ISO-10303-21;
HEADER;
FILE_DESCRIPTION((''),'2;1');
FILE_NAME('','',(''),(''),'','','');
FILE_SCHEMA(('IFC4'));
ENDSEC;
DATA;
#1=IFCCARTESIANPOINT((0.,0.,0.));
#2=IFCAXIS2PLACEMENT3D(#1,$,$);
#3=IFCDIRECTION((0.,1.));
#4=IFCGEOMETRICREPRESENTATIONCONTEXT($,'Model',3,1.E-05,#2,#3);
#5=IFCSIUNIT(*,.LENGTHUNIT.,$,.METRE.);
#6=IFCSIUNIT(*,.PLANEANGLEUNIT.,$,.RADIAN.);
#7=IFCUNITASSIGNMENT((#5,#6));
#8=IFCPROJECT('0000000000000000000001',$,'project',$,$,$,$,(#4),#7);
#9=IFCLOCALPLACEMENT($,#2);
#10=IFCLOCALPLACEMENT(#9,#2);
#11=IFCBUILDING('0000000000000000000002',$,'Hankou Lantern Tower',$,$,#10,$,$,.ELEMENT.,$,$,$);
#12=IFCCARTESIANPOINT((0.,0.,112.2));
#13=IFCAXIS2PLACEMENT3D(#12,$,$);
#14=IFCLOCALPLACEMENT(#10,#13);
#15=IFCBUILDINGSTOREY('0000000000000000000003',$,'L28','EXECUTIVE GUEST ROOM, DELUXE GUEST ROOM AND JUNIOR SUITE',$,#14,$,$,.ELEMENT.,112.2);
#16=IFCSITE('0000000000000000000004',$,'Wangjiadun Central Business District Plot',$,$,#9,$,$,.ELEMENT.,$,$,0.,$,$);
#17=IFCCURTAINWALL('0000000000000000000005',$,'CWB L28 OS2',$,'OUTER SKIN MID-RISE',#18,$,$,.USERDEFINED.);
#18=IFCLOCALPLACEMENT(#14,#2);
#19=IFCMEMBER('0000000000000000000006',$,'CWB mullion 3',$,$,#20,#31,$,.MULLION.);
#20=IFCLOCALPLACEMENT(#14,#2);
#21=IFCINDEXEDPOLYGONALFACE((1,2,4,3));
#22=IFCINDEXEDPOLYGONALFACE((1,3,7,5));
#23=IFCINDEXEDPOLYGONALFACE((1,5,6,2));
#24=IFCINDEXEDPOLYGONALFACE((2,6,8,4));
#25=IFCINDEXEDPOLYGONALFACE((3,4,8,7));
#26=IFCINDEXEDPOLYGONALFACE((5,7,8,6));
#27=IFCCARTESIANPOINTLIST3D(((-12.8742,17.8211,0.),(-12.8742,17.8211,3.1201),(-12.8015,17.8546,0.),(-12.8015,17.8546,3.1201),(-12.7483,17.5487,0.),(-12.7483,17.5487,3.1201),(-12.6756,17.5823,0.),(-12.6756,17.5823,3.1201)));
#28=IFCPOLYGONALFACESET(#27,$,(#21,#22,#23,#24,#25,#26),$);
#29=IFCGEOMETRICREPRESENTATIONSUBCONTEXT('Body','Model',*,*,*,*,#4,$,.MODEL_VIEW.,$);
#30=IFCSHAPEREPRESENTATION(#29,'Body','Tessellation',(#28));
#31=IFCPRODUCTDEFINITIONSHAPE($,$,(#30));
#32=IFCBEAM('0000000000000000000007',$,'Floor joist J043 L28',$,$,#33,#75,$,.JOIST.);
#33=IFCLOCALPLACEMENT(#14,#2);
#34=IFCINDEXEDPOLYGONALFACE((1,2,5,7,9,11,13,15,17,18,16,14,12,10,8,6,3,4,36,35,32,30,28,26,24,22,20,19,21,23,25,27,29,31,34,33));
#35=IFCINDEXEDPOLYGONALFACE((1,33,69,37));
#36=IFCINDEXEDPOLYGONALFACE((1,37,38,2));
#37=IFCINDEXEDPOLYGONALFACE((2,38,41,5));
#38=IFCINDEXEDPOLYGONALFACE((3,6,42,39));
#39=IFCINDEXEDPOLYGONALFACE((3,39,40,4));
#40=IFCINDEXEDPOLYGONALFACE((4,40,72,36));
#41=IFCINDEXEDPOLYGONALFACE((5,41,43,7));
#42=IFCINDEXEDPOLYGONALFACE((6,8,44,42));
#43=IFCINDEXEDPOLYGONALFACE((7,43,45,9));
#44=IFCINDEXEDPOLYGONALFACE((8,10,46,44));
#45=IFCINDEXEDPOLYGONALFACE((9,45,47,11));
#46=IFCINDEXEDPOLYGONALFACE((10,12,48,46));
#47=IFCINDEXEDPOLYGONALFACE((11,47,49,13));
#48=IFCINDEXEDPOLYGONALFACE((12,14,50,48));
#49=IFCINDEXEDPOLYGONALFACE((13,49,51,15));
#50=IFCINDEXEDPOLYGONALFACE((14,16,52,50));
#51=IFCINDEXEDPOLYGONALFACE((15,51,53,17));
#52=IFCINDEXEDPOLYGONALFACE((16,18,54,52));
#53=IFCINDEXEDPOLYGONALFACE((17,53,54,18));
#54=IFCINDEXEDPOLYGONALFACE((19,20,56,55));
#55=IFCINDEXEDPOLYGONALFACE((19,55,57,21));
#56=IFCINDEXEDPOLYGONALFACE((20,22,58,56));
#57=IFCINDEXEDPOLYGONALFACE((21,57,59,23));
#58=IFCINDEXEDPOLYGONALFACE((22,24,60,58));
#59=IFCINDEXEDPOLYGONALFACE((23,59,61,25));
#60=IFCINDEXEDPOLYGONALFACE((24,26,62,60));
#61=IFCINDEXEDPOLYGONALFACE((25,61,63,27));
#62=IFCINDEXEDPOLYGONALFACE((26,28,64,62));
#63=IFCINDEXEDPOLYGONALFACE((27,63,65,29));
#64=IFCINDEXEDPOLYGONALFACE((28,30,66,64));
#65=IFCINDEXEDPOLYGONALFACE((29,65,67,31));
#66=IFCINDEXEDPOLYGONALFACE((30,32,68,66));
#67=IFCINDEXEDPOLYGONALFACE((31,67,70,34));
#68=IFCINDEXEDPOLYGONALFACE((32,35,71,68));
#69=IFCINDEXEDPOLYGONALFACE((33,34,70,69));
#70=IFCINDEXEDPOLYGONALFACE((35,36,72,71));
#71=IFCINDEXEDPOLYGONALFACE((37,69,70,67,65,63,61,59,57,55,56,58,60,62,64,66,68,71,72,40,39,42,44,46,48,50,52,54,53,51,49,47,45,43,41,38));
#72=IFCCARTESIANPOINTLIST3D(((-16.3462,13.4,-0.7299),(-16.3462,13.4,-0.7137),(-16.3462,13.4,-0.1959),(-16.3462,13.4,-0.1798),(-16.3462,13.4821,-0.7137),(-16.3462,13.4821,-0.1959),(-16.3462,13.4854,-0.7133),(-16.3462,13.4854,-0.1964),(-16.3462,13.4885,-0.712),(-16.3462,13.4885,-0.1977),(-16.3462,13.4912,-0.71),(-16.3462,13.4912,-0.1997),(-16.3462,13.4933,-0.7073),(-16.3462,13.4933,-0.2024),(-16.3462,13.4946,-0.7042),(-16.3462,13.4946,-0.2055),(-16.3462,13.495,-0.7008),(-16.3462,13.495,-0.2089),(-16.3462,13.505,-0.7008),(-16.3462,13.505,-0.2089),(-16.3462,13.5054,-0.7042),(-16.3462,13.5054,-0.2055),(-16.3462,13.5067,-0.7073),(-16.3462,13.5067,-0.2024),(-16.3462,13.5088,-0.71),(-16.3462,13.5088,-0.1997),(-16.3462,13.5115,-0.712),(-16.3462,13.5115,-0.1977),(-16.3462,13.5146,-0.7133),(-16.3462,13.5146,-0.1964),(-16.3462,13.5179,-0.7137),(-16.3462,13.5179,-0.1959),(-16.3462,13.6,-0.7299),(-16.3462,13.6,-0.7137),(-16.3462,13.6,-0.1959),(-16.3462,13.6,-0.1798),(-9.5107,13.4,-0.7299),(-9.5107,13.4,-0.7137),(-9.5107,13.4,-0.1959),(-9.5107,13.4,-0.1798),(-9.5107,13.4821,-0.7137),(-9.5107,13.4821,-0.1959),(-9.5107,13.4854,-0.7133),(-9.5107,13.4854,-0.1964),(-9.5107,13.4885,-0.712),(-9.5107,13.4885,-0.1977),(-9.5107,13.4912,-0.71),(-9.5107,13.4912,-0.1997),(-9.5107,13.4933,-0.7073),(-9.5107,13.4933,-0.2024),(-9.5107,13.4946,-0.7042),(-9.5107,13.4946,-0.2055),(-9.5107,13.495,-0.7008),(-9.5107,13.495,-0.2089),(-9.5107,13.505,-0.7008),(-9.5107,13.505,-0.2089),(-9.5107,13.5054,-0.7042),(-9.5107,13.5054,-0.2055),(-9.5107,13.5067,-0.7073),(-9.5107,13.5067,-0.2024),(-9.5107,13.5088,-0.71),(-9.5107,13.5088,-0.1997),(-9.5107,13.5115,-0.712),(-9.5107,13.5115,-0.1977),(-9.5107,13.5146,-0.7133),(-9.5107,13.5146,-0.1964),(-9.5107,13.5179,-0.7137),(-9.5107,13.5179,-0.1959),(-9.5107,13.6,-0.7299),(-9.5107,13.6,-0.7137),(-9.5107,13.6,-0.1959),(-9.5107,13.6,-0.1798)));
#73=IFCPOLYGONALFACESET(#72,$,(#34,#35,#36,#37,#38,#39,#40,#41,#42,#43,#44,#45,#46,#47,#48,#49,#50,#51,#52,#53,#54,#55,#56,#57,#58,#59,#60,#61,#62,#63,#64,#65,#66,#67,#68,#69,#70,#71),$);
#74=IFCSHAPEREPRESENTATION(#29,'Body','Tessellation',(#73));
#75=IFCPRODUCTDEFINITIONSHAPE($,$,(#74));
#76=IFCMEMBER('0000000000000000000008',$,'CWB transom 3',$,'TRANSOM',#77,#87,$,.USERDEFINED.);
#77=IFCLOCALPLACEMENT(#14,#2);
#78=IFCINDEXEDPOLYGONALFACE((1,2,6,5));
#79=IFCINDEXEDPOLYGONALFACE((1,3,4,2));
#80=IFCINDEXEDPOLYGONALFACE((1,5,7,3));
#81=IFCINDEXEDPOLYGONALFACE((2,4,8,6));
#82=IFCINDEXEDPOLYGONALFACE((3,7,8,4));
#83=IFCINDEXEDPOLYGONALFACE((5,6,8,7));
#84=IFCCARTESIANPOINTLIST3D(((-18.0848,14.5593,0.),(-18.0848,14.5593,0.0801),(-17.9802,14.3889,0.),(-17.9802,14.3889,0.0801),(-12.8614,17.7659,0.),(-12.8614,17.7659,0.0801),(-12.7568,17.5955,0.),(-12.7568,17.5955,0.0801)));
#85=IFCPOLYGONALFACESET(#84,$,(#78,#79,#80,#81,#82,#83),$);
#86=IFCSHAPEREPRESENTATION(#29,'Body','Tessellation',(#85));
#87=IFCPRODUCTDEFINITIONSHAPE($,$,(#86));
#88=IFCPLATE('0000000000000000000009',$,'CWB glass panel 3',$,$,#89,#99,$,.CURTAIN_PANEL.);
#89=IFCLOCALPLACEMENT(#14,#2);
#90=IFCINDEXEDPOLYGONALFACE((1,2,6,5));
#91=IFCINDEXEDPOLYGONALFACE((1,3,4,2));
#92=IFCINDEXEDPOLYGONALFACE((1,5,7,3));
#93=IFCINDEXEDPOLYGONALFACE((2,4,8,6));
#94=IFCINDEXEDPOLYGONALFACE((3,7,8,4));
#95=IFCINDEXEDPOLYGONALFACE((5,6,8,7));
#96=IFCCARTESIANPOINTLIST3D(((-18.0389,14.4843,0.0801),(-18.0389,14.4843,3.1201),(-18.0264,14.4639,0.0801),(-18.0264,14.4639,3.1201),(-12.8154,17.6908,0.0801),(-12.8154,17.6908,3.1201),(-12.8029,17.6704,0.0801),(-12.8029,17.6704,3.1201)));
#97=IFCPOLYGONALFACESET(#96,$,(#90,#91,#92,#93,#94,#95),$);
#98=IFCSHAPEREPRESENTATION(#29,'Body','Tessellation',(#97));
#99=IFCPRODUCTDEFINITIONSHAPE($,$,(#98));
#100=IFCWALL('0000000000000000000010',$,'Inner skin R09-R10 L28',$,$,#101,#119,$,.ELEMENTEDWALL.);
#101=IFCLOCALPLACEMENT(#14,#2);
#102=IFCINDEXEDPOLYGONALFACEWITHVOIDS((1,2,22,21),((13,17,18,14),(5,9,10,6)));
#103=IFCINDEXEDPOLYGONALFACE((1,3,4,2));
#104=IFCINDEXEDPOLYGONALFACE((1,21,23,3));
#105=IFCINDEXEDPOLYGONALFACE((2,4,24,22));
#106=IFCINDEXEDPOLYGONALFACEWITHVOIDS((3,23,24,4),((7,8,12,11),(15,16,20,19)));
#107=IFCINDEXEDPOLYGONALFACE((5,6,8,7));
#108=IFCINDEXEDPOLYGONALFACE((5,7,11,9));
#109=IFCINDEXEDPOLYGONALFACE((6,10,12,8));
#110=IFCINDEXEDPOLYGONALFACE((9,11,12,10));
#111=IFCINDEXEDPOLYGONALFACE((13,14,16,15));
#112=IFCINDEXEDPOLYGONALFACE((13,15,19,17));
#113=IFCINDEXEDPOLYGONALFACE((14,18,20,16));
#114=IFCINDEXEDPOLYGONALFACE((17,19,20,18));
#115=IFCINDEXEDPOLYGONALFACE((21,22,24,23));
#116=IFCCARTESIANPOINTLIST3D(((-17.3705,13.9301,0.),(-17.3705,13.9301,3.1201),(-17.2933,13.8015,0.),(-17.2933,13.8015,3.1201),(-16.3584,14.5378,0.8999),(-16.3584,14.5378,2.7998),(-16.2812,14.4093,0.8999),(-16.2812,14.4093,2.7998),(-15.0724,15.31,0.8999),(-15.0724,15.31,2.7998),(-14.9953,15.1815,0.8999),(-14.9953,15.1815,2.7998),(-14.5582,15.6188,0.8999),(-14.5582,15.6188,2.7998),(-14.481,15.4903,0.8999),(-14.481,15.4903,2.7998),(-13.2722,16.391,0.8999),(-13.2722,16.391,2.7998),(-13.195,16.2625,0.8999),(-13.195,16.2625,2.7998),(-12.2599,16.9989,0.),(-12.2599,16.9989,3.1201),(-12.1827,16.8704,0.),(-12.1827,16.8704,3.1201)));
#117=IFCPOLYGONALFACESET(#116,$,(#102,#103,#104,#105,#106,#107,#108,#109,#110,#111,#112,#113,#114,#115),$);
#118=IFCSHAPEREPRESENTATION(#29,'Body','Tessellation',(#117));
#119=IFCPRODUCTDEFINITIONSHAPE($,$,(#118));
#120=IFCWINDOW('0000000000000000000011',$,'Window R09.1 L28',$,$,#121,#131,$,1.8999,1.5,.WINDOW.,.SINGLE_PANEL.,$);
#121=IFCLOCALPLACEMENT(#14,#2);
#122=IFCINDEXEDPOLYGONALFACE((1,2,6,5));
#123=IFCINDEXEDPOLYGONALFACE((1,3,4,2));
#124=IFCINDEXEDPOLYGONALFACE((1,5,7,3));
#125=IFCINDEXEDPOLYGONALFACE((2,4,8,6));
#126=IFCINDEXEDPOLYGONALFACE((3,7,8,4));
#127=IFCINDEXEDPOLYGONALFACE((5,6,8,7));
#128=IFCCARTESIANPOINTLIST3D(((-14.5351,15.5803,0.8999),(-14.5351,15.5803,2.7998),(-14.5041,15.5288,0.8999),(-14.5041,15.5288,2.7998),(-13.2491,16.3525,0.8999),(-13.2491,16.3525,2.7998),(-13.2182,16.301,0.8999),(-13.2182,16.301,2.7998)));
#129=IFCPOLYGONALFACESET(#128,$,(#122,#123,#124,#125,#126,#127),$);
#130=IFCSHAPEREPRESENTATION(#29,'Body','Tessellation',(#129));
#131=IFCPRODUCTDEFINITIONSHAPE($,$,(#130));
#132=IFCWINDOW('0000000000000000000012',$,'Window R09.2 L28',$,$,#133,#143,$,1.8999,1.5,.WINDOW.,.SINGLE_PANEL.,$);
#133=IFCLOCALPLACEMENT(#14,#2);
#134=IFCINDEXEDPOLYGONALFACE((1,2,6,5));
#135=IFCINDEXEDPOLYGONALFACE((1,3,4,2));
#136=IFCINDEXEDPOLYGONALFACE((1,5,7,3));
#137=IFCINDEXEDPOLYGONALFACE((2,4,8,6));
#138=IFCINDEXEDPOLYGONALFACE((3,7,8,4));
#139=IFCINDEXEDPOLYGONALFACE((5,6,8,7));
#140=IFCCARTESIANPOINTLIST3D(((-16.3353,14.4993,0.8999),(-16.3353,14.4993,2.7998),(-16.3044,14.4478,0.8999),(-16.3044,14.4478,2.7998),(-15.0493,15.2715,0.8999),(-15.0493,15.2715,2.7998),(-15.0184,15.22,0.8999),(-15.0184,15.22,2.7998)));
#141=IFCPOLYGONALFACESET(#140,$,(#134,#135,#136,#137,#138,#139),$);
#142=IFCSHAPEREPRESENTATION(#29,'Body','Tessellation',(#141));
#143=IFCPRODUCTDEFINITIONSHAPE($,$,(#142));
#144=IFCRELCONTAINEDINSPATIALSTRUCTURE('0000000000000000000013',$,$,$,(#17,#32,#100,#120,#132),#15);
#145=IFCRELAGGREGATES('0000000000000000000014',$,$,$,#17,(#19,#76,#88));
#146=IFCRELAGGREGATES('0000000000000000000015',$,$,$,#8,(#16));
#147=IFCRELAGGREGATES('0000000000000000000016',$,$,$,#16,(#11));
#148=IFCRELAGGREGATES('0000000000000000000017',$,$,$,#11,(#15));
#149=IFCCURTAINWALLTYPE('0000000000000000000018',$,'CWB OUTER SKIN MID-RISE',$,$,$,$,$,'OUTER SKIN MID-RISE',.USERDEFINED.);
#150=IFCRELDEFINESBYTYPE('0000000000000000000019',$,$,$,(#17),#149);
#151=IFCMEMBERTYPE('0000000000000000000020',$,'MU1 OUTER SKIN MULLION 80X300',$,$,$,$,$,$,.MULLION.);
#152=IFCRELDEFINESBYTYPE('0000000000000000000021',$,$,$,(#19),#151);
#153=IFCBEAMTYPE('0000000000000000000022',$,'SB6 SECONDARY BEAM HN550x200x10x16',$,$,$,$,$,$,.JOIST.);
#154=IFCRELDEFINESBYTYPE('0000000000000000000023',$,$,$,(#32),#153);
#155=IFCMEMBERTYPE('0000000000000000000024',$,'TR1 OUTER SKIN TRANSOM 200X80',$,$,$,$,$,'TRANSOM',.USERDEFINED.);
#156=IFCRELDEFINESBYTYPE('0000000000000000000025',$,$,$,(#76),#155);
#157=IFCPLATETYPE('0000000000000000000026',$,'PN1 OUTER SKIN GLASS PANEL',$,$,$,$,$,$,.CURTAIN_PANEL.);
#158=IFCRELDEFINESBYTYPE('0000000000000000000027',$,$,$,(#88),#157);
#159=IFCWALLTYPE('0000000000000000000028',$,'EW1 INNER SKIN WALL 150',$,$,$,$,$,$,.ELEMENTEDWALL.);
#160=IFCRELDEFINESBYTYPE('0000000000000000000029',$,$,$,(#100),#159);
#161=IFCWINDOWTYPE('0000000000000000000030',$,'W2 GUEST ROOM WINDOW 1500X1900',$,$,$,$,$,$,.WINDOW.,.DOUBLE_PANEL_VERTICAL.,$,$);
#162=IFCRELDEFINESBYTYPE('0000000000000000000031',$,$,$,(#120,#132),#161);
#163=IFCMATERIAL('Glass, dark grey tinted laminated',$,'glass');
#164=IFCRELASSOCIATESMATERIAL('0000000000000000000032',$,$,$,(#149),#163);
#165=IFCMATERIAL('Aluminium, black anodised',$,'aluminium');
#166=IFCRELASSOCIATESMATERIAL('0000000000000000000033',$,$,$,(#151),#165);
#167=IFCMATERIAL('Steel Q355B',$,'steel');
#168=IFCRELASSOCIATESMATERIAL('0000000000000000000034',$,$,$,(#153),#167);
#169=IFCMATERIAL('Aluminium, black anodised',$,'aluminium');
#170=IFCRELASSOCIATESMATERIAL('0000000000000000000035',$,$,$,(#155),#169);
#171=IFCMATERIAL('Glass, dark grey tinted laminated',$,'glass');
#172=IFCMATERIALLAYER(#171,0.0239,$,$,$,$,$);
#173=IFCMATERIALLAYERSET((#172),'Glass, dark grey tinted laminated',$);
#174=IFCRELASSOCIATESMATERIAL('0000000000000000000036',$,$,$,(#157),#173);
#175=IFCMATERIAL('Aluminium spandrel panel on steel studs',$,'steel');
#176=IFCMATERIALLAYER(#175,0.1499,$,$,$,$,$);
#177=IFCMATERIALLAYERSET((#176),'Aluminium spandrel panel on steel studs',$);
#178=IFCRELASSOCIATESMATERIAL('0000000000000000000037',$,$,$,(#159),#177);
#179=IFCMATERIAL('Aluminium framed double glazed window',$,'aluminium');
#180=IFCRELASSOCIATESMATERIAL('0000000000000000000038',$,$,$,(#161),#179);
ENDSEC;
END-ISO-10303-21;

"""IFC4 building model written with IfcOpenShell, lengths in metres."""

from ifc_helpers import new_model, si_unit, direction, frame, frame_2d, origin, origin_2d, place, context, subcontext, project, spatial, rectangle, i_section, extrude, material, layer, layer_set, material_profile, profile_set, type_object, element, fill, aggregate, save


model = new_model("IFC4")

# Units and contexts
model_context = context("Model", 3, precision=1e-05, world=origin(), true_north=direction((0.0, 1.0)))
body_context = subcontext(model_context, "Body", "Model", "MODEL_VIEW")
ifc_project = project(units=[si_unit("LENGTHUNIT", "METRE"), si_unit("PLANEANGLEUNIT", "RADIAN")], contexts=[model_context])

# Site, building, storey
site_placement = place(None, origin())
site = spatial("IfcSite", under=ifc_project, at=site_placement, Name="Wangjiadun Central Business District Plot", CompositionType="ELEMENT", RefElevation=0.0)
building_placement = place(site_placement, origin())
building = spatial("IfcBuilding", under=site, at=building_placement, Name="Hankou Lantern Tower", CompositionType="ELEMENT")
storey_placement = place(building_placement, frame((0.0, 0.0, 112.2)))
storey = spatial("IfcBuildingStorey", under=building, at=storey_placement, Name="L28", Description="EXECUTIVE GUEST ROOM, DELUXE GUEST ROOM AND JUNIOR SUITE", CompositionType="ELEMENT", Elevation=112.2)

# Curtain wall, member
ifc_material_1 = material(Name="Glass, dark grey tinted laminated", Category="glass")
curtain_wall_type = type_object("IfcCurtainWallType", Name="CWB OUTER SKIN MID-RISE", ElementType="OUTER SKIN MID-RISE", PredefinedType="USERDEFINED", material=ifc_material_1)
curtain_wall_placement = place(storey_placement, origin())
curtain_wall = element("IfcCurtainWall", 1, at=curtain_wall_placement, inside=storey, type_object=curtain_wall_type, Name="CWB L28 OS2", ObjectType="OUTER SKIN MID-RISE", PredefinedType="USERDEFINED")
ifc_material_2 = material(Name="Aluminium, black anodised", Category="aluminium")
ifc_material_profile_1 = material_profile(ifc_material_2, rectangle(XDim=0.0801, YDim=0.3, at=origin_2d()), Name="MU1 80X300")
ifc_profile_set_1 = profile_set([ifc_material_profile_1], Name="Aluminium, black anodised")
member_type_1 = type_object("IfcMemberType", Name="MU1 OUTER SKIN MULLION 80X300", PredefinedType="MULLION", material=ifc_profile_set_1)
member_1_placement = place(storey_placement, frame((-12.7749, 17.7017, 0.0), z_axis=(0.0, 0.0, 1.0), x_axis=(-0.907841, -0.419314, 0.0)))
member_1 = element("IfcMember", 2, at=member_1_placement, type_object=member_type_1, Name="CWB mullion 3", PredefinedType="MULLION", context=body_context, shape_type="SweptSolid", body=[
    extrude(rectangle(XDim=0.0801, YDim=0.3, at=origin_2d()), origin(), (0.0, 0.0, 1.0), 3.1201),
])

# Beam
ifc_material_3 = material(Name="Steel Q355B", Category="steel")
ifc_material_profile_2 = material_profile(ifc_material_3, i_section(OverallWidth=0.2, OverallDepth=0.55, WebThickness=0.01, FlangeThickness=0.0161, FilletRadius=0.0129, at=origin_2d()), Name="HN550x200x10x16")
ifc_profile_set_2 = profile_set([ifc_material_profile_2], Name="Steel Q355B")
beam_type = type_object("IfcBeamType", Name="SB6 SECONDARY BEAM HN550x200x10x16", PredefinedType="JOIST", material=ifc_profile_set_2)
beam_placement = place(storey_placement, frame((-16.3462, 13.5, -0.4548), z_axis=(1.0, 0.0, 0.0), x_axis=(0.0, 1.0, 0.0)))
element("IfcBeam", 3, at=beam_placement, inside=storey, type_object=beam_type, Name="Floor joist J043 L28", PredefinedType="JOIST", context=body_context, shape_type="SweptSolid", body=[
    extrude(i_section(OverallWidth=0.2, OverallDepth=0.55, WebThickness=0.01, FlangeThickness=0.0161, FilletRadius=0.0129, at=origin_2d()), origin(), (0.0, 0.0, 1.0), 6.8354),
])

# Member
ifc_material_4 = material(Name="Aluminium, black anodised", Category="aluminium")
ifc_material_profile_3 = material_profile(ifc_material_4, rectangle(XDim=0.2, YDim=0.0801, at=origin_2d()), Name="TR1 200X80")
ifc_profile_set_3 = profile_set([ifc_material_profile_3], Name="Aluminium, black anodised")
member_type_2 = type_object("IfcMemberType", Name="TR1 OUTER SKIN TRANSOM 200X80", ElementType="TRANSOM", PredefinedType="USERDEFINED", material=ifc_profile_set_3)
member_2_placement = place(storey_placement, frame((-12.8091, 17.6807, 0.04), z_axis=(-0.852229, -0.523168, 0.0), x_axis=(0.523168, -0.852229, 0.0)))
member_2 = element("IfcMember", 4, at=member_2_placement, type_object=member_type_2, Name="CWB transom 3", ObjectType="TRANSOM", PredefinedType="USERDEFINED", context=body_context, shape_type="SweptSolid", body=[
    extrude(rectangle(XDim=0.2, YDim=0.0801, at=origin_2d()), origin(), (0.0, 0.0, 1.0), 6.1292),
])

# Plate
ifc_material_5 = material(Name="Glass, dark grey tinted laminated", Category="glass")
ifc_layer_1 = layer(ifc_material_5, 0.0239)
ifc_layer_set_1 = layer_set([ifc_layer_1], Name="Glass, dark grey tinted laminated")
plate_type = type_object("IfcPlateType", Name="PN1 OUTER SKIN GLASS PANEL", PredefinedType="CURTAIN_PANEL", material=ifc_layer_set_1)
plate_placement = place(storey_placement, frame((-15.4209, 16.0774, 0.0801), z_axis=(0.0, 0.0, 1.0), x_axis=(-0.852237, -0.523156, 0.0)))
plate = element("IfcPlate", 5, at=plate_placement, type_object=plate_type, Name="CWB glass panel 3", PredefinedType="CURTAIN_PANEL", context=body_context, shape_type="SweptSolid", body=[
    extrude(rectangle(XDim=6.1292, YDim=0.0239, at=origin_2d()), origin(), (0.0, 0.0, 1.0), 3.04),
])
aggregate(curtain_wall, [member_1, member_2, plate])

# Wall, openings, windows
ifc_material_6 = material(Name="Aluminium spandrel panel on steel studs", Category="steel")
ifc_layer_2 = layer(ifc_material_6, 0.1499)
ifc_layer_set_2 = layer_set([ifc_layer_2], Name="Aluminium spandrel panel on steel studs")
wall_type_1 = type_object("IfcWallType", Name="EW1 INNER SKIN WALL 150", PredefinedType="ELEMENTEDWALL", material=ifc_layer_set_2)
wall_1_placement = place(storey_placement, frame((-12.2214, 16.9346, 0.0), z_axis=(0.0, 0.0, 1.0), x_axis=(-0.857309, -0.514803, 0.0)))
wall_1 = element("IfcWall", 6, at=wall_1_placement, inside=storey, type_object=wall_type_1, Name="Inner skin R09-R10 L28", PredefinedType="ELEMENTEDWALL", context=body_context, shape_type="SweptSolid", body=[
    extrude(rectangle(XDim=5.9612, YDim=0.1499, at=frame_2d((2.9805, 0.0))), origin(), (0.0, 0.0, 1.0), 3.1201),
])
opening_1_placement = place(wall_1_placement, frame((1.1807, 0.0, 0.8999)))
opening_1 = element("IfcOpeningElement", 7, at=opening_1_placement, cuts=wall_1, PredefinedType="OPENING", context=body_context, shape_type="SweptSolid", body=[
    extrude(rectangle(XDim=1.5, YDim=1.8999, at=frame_2d((0.75, 0.95))), frame((0.0, 0.085, 0.0), z_axis=(0.0, -1.0, 0.0), x_axis=(1.0, 0.0, 0.0)), (0.0, 0.0, 1.0), 0.1699),
])
opening_2_placement = place(wall_1_placement, frame((3.2805, 0.0, 0.8999)))
opening_2 = element("IfcOpeningElement", 8, at=opening_2_placement, cuts=wall_1, PredefinedType="OPENING", context=body_context, shape_type="SweptSolid", body=[
    extrude(rectangle(XDim=1.5, YDim=1.8999, at=frame_2d((0.75, 0.95))), frame((0.0, 0.085, 0.0), z_axis=(0.0, -1.0, 0.0), x_axis=(1.0, 0.0, 0.0)), (0.0, 0.0, 1.0), 0.1699),
])
ifc_material_7 = material(Name="Aluminium framed double glazed window", Category="aluminium")
window_type = type_object("IfcWindowType", Name="W2 GUEST ROOM WINDOW 1500X1900", PartitioningType="DOUBLE_PANEL_VERTICAL", PredefinedType="WINDOW", material=ifc_material_7)
window_1_placement = place(opening_1_placement, origin())
window_1 = element("IfcWindow", 9, at=window_1_placement, inside=storey, type_object=window_type, Name="Window R09.1 L28", OverallHeight=1.8999, OverallWidth=1.5, PartitioningType="SINGLE_PANEL", PredefinedType="WINDOW", context=body_context, shape_type="SweptSolid", body=[
    extrude(rectangle(XDim=1.5, YDim=1.8999, at=frame_2d((0.75, 0.95))), frame((0.0, 0.03, 0.0), z_axis=(0.0, -1.0, 0.0), x_axis=(1.0, 0.0, 0.0)), (0.0, 0.0, 1.0), 0.0601),
])
fill(opening_1, window_1)
window_2_placement = place(opening_2_placement, origin())
window_2 = element("IfcWindow", 10, at=window_2_placement, inside=storey, type_object=window_type, Name="Window R09.2 L28", OverallHeight=1.8999, OverallWidth=1.5, PartitioningType="SINGLE_PANEL", PredefinedType="WINDOW", context=body_context, shape_type="SweptSolid", body=[
    extrude(rectangle(XDim=1.5, YDim=1.8999, at=frame_2d((0.75, 0.95))), frame((0.0, 0.03, 0.0), z_axis=(0.0, -1.0, 0.0), x_axis=(1.0, 0.0, 0.0)), (0.0, 0.0, 1.0), 0.0601),
])
fill(opening_2, window_2)

save(model, "model.ifc")
